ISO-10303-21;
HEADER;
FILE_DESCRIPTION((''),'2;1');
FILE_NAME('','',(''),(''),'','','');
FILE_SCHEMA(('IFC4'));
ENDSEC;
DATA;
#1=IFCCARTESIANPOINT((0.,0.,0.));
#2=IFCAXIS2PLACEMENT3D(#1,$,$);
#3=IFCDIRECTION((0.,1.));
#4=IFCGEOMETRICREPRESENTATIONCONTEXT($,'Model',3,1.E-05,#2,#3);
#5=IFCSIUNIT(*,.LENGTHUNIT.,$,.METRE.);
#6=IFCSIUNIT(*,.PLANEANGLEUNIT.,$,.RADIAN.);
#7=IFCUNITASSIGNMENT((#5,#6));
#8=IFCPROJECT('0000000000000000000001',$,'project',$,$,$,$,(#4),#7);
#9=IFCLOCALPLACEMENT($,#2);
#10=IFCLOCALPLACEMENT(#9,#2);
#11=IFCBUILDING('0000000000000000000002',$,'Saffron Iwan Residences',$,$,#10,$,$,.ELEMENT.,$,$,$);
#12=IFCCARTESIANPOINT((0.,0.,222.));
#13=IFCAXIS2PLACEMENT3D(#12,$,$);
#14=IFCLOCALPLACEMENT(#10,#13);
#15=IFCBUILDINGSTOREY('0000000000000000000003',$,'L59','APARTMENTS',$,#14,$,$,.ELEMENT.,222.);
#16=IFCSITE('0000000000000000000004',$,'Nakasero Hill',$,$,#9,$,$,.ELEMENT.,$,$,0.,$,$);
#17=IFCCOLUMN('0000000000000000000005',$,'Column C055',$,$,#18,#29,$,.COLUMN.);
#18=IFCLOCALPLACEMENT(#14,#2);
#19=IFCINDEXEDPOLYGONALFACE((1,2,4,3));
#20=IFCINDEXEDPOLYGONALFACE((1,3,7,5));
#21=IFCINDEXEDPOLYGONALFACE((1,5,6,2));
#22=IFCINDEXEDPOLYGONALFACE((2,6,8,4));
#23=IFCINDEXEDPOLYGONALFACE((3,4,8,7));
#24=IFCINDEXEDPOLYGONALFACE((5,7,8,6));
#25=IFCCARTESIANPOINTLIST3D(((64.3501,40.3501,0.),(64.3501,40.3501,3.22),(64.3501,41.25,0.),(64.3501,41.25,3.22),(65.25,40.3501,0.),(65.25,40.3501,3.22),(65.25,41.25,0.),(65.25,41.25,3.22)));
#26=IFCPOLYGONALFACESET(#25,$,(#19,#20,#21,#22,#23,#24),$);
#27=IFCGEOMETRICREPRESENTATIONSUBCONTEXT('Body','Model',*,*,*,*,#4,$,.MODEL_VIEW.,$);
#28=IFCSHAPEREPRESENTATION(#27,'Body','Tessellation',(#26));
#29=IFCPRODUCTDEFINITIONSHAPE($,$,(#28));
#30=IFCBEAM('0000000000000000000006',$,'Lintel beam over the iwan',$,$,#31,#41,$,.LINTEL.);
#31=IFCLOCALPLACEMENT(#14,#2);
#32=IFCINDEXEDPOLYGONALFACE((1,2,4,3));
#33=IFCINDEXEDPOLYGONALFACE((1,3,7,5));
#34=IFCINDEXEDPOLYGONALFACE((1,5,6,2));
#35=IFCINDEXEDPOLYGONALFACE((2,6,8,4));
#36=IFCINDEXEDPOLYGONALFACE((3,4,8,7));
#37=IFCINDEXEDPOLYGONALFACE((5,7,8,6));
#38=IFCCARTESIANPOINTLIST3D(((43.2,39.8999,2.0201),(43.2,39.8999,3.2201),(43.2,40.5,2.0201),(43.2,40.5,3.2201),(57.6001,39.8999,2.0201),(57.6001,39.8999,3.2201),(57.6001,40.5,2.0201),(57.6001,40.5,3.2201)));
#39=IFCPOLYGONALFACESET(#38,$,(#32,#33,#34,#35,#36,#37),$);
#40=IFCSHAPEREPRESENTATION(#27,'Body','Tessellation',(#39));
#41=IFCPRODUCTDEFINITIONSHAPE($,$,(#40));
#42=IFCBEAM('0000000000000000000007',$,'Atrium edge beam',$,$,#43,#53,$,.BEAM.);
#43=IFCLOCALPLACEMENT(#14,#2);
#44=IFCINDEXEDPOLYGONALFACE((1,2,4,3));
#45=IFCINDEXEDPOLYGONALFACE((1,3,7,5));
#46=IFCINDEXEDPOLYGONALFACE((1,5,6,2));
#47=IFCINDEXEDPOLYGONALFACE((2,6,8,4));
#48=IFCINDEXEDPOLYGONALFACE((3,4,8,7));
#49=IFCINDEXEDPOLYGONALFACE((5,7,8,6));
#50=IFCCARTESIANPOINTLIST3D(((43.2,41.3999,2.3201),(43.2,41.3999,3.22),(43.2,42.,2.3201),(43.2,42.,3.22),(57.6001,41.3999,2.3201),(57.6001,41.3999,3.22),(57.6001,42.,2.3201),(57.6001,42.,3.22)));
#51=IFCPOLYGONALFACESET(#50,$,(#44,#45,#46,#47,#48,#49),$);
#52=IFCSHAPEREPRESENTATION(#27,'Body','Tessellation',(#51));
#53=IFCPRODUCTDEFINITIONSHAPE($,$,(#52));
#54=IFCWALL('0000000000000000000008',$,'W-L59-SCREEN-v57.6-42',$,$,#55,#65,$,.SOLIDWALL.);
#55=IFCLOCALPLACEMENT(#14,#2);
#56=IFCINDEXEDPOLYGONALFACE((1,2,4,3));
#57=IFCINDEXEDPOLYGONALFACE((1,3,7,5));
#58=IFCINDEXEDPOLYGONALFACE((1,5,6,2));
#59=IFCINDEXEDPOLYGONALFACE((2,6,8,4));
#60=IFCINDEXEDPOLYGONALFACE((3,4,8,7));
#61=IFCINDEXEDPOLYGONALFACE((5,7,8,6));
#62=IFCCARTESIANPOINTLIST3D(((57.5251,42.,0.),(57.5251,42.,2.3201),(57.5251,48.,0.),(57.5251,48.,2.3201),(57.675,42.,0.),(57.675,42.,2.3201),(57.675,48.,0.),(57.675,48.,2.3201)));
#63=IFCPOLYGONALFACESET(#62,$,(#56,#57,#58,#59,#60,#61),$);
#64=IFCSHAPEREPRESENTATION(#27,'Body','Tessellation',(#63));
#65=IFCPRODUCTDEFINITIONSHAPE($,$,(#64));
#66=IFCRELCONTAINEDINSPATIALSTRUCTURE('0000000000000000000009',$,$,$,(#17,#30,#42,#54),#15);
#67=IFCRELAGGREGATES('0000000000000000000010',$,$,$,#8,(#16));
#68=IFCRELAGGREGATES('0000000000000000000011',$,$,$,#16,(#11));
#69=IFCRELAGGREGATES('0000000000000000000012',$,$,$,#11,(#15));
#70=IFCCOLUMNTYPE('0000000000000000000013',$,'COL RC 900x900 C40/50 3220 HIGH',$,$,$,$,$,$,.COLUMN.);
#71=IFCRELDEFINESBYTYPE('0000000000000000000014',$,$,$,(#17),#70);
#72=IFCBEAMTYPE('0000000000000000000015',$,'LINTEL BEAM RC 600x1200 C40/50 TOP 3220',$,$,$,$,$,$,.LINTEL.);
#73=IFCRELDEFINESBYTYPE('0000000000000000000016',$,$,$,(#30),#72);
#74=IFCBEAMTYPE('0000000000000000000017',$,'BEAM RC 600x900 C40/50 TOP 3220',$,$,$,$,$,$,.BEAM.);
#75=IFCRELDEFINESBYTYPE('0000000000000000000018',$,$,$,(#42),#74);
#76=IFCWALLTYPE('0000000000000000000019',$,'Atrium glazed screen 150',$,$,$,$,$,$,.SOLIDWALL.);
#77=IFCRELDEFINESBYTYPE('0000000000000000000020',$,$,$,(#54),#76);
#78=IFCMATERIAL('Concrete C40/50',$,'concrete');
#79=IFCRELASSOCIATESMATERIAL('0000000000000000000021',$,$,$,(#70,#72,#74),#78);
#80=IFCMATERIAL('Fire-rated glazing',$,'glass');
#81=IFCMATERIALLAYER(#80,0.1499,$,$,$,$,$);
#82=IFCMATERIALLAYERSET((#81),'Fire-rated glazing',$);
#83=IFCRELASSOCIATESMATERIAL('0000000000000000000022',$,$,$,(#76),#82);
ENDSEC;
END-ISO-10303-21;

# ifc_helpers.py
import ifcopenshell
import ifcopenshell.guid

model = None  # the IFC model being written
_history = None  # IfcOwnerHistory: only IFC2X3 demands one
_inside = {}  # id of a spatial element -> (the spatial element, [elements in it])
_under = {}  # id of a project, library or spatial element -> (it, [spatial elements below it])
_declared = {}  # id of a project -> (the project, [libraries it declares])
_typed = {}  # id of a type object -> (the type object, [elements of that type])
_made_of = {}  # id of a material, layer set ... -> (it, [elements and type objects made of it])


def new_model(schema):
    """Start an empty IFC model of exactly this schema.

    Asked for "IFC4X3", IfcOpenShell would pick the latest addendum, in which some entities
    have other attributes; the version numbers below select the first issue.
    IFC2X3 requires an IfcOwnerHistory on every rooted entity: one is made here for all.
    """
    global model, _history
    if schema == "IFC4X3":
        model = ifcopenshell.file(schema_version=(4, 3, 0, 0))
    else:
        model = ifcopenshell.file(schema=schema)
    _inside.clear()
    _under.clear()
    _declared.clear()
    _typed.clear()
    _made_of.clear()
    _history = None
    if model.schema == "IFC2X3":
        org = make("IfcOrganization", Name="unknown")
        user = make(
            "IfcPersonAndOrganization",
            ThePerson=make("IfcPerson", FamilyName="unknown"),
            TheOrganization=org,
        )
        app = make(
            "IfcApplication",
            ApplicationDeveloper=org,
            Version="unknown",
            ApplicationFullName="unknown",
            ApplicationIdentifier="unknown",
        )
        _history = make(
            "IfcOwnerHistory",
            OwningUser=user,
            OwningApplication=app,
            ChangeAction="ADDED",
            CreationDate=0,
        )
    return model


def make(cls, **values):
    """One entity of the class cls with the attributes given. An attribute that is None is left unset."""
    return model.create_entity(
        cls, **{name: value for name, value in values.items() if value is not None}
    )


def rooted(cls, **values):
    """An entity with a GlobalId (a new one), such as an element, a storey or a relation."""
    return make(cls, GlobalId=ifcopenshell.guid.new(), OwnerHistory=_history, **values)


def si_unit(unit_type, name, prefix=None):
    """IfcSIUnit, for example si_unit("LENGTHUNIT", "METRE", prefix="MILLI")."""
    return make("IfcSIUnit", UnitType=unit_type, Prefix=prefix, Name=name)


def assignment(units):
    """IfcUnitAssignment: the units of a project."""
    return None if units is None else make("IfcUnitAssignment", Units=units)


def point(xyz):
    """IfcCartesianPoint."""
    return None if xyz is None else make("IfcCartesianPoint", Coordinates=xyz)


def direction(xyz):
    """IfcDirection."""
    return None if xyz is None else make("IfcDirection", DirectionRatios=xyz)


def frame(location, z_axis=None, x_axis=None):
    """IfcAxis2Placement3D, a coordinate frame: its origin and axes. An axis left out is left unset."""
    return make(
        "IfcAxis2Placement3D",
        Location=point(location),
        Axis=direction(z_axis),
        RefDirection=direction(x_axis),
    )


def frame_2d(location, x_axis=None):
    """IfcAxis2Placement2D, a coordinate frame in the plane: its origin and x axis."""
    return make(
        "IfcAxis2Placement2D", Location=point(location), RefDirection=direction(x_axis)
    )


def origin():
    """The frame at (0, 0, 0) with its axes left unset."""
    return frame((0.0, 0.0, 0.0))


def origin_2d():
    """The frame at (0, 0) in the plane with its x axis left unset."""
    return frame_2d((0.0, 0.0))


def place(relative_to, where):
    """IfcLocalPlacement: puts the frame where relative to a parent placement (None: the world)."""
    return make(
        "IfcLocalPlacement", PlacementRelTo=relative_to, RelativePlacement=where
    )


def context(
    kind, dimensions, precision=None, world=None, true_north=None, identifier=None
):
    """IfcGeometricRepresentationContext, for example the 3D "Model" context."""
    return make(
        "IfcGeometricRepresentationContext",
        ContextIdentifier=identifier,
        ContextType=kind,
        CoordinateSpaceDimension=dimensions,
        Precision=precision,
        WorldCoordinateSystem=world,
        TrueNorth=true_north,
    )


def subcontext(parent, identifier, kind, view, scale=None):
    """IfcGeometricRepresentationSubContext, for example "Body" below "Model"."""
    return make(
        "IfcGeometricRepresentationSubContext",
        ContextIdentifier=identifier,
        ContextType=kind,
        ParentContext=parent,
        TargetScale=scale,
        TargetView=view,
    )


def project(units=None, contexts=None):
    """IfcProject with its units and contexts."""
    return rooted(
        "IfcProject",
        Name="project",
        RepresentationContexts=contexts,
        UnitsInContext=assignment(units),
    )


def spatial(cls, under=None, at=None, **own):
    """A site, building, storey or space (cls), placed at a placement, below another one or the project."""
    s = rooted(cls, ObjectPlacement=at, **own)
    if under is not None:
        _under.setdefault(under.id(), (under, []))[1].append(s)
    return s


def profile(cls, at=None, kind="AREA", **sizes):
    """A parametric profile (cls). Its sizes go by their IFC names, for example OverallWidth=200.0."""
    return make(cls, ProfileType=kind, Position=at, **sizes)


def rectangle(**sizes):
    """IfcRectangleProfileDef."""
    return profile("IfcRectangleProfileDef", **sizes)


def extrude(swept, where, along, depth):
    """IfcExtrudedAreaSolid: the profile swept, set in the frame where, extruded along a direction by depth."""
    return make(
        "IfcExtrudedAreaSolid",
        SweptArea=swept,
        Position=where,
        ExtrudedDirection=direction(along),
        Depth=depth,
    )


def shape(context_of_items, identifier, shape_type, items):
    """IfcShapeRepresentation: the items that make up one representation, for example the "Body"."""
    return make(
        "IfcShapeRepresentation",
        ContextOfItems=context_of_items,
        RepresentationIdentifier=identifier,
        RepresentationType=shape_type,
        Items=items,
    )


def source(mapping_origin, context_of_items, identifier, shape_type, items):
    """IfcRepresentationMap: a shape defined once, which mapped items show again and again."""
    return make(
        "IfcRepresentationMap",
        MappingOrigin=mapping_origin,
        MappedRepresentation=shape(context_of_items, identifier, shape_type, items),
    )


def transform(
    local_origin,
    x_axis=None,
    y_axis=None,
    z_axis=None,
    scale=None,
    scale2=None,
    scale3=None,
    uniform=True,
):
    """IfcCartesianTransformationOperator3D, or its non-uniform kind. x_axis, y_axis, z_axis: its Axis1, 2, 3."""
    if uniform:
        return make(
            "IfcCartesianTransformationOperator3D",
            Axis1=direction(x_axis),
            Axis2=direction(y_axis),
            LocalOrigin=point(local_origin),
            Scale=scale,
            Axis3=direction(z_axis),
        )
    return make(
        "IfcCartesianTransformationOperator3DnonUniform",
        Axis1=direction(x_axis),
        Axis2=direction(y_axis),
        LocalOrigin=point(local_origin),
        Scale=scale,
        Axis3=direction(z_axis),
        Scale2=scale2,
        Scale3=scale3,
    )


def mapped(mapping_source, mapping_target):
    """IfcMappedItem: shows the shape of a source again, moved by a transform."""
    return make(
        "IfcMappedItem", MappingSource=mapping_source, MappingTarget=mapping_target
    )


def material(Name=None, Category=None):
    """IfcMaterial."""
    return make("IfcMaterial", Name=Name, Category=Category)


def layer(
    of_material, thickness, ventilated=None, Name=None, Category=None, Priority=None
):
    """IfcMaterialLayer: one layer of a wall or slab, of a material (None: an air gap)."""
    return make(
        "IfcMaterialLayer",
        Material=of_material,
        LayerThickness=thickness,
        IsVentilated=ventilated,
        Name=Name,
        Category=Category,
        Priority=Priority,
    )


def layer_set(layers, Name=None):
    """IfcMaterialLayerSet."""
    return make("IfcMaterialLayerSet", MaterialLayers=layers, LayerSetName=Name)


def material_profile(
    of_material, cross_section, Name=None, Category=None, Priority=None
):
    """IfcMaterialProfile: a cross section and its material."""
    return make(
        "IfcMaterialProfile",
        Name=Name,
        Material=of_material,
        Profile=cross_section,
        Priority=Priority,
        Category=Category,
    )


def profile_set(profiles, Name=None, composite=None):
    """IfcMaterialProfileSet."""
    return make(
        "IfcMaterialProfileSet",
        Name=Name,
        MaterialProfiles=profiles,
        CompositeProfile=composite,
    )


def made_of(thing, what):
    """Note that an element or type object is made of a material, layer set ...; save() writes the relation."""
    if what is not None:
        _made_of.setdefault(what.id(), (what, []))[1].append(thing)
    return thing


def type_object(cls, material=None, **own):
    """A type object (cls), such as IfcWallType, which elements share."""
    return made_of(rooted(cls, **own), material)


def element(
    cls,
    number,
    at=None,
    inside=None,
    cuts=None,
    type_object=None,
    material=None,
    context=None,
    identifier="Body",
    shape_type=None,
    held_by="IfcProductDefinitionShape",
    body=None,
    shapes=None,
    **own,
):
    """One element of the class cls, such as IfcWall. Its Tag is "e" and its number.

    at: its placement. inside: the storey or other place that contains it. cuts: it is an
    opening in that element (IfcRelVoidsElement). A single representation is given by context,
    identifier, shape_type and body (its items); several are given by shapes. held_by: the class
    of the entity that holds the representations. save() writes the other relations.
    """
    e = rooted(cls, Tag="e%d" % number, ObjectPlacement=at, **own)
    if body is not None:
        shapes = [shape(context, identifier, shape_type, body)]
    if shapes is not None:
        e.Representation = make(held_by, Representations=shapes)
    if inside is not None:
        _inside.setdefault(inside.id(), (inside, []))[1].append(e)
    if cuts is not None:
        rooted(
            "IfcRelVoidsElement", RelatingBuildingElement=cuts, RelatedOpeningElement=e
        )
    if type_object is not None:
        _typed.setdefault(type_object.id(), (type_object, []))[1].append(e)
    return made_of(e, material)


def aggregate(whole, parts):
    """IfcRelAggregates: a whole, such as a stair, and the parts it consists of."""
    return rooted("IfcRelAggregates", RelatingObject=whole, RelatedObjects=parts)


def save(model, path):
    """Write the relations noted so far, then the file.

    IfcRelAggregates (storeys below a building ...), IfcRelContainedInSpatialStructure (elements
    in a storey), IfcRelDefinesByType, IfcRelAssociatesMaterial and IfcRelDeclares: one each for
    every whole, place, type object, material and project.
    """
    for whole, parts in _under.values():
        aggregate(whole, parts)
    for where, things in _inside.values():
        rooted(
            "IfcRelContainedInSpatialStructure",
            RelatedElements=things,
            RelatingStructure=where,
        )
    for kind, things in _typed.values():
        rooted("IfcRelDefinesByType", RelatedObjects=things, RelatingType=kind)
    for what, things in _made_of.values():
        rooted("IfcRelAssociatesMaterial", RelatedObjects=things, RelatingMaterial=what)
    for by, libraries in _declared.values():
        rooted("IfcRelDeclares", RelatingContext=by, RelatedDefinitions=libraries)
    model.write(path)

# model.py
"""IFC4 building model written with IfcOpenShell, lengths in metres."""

from ifc_helpers import new_model, si_unit, direction, frame, frame_2d, origin, origin_2d, place, context, subcontext, project, spatial, rectangle, extrude, source, transform, mapped, material, layer, layer_set, material_profile, profile_set, type_object, element, save


model = new_model("IFC4")

# Units and contexts
model_context = context("Model", 3, precision=1e-05, world=origin(), true_north=direction((0.0, 1.0)))
body_context = subcontext(model_context, "Body", "Model", "MODEL_VIEW")
ifc_project = project(units=[si_unit("LENGTHUNIT", "METRE"), si_unit("PLANEANGLEUNIT", "RADIAN")], contexts=[model_context])

# Site, building, storey
site_placement = place(None, origin())
site = spatial("IfcSite", under=ifc_project, at=site_placement, Name="Nakasero Hill", CompositionType="ELEMENT", RefElevation=0.0)
building_placement = place(site_placement, origin())
building = spatial("IfcBuilding", under=site, at=building_placement, Name="Saffron Iwan Residences", CompositionType="ELEMENT")
storey_placement = place(building_placement, frame((0.0, 0.0, 222.0)))
storey = spatial("IfcBuildingStorey", under=building, at=storey_placement, Name="L59", Description="APARTMENTS", CompositionType="ELEMENT", Elevation=222.0)

# Column
ifc_material_1 = material(Name="Concrete C40/50", Category="concrete")
ifc_material_profile_1 = material_profile(ifc_material_1, rectangle(XDim=0.8999, YDim=0.8999, at=origin_2d()), Name="RC 900x900")
ifc_profile_set_1 = profile_set([ifc_material_profile_1], Name="Concrete C40/50")
column_type = type_object("IfcColumnType", Name="COL RC 900x900 C40/50 3220 HIGH", PredefinedType="COLUMN", material=ifc_profile_set_1)
shared_shape_1 = source(origin(), body_context, "Body", "SweptSolid", [
    extrude(rectangle(XDim=0.8999, YDim=0.8999, at=origin_2d()), origin(), (0.0, 0.0, 1.0), 3.22),
])
column_placement = place(storey_placement, frame((64.8, 40.8, 0.0), z_axis=(0.0, 0.0, 1.0), x_axis=(1.0, 0.0, 0.0)))
element("IfcColumn", 1, at=column_placement, inside=storey, type_object=column_type, Name="Column C055", PredefinedType="COLUMN", context=body_context, shape_type="MappedRepresentation", body=[
    mapped(shared_shape_1, transform((0.0, 0.0, 0.0))),
])

# Beams
ifc_material_profile_2 = material_profile(ifc_material_1, rectangle(XDim=0.6001, YDim=1.2, at=origin_2d()), Name="RC 600x1200")
ifc_profile_set_2 = profile_set([ifc_material_profile_2], Name="Concrete C40/50")
beam_type_1 = type_object("IfcBeamType", Name="LINTEL BEAM RC 600x1200 C40/50 TOP 3220", PredefinedType="LINTEL", material=ifc_profile_set_2)
shared_shape_2 = source(origin(), body_context, "Body", "SweptSolid", [
    extrude(rectangle(XDim=0.6001, YDim=1.2, at=origin_2d()), origin(), (0.0, 0.0, 1.0), 14.4001),
])
beam_1_placement = place(storey_placement, frame((57.6001, 40.2, 2.6201), z_axis=(-1.0, 0.0, 0.0), x_axis=(0.0, -1.0, 0.0)))
element("IfcBeam", 2, at=beam_1_placement, inside=storey, type_object=beam_type_1, Name="Lintel beam over the iwan", PredefinedType="LINTEL", context=body_context, shape_type="MappedRepresentation", body=[
    mapped(shared_shape_2, transform((0.0, 0.0, 0.0))),
])
ifc_material_profile_3 = material_profile(ifc_material_1, rectangle(XDim=0.6001, YDim=0.8999, at=origin_2d()), Name="RC 600x900")
ifc_profile_set_3 = profile_set([ifc_material_profile_3], Name="Concrete C40/50")
beam_type_2 = type_object("IfcBeamType", Name="BEAM RC 600x900 C40/50 TOP 3220", PredefinedType="BEAM", material=ifc_profile_set_3)
shared_shape_3 = source(origin(), body_context, "Body", "SweptSolid", [
    extrude(rectangle(XDim=0.6001, YDim=0.8999, at=origin_2d()), origin(), (0.0, 0.0, 1.0), 14.4001),
])
beam_2_placement = place(storey_placement, frame((57.6001, 41.7, 2.77), z_axis=(-1.0, 0.0, 0.0), x_axis=(0.0, -1.0, 0.0)))
element("IfcBeam", 3, at=beam_2_placement, inside=storey, type_object=beam_type_2, Name="Atrium edge beam", PredefinedType="BEAM", context=body_context, shape_type="MappedRepresentation", body=[
    mapped(shared_shape_3, transform((0.0, 0.0, 0.0))),
])

# Wall
ifc_material_2 = material(Name="Fire-rated glazing", Category="glass")
ifc_layer_1 = layer(ifc_material_2, 0.1499)
ifc_layer_set_1 = layer_set([ifc_layer_1], Name="Fire-rated glazing")
wall_type_1 = type_object("IfcWallType", Name="Atrium glazed screen 150", PredefinedType="SOLIDWALL", material=ifc_layer_set_1)
wall_1_placement = place(storey_placement, frame((57.6001, 42.0, 0.0), z_axis=(0.0, 0.0, 1.0), x_axis=(0.0, 1.0, 0.0)))
element("IfcWall", 4, at=wall_1_placement, inside=storey, type_object=wall_type_1, Name="W-L59-SCREEN-v57.6-42", PredefinedType="SOLIDWALL", context=body_context, shape_type="SweptSolid", body=[
    extrude(rectangle(XDim=6.0, YDim=0.1499, at=frame_2d((3.0, 0.0))), origin(), (0.0, 0.0, 1.0), 2.3201),
])

save(model, "model.ifc")
